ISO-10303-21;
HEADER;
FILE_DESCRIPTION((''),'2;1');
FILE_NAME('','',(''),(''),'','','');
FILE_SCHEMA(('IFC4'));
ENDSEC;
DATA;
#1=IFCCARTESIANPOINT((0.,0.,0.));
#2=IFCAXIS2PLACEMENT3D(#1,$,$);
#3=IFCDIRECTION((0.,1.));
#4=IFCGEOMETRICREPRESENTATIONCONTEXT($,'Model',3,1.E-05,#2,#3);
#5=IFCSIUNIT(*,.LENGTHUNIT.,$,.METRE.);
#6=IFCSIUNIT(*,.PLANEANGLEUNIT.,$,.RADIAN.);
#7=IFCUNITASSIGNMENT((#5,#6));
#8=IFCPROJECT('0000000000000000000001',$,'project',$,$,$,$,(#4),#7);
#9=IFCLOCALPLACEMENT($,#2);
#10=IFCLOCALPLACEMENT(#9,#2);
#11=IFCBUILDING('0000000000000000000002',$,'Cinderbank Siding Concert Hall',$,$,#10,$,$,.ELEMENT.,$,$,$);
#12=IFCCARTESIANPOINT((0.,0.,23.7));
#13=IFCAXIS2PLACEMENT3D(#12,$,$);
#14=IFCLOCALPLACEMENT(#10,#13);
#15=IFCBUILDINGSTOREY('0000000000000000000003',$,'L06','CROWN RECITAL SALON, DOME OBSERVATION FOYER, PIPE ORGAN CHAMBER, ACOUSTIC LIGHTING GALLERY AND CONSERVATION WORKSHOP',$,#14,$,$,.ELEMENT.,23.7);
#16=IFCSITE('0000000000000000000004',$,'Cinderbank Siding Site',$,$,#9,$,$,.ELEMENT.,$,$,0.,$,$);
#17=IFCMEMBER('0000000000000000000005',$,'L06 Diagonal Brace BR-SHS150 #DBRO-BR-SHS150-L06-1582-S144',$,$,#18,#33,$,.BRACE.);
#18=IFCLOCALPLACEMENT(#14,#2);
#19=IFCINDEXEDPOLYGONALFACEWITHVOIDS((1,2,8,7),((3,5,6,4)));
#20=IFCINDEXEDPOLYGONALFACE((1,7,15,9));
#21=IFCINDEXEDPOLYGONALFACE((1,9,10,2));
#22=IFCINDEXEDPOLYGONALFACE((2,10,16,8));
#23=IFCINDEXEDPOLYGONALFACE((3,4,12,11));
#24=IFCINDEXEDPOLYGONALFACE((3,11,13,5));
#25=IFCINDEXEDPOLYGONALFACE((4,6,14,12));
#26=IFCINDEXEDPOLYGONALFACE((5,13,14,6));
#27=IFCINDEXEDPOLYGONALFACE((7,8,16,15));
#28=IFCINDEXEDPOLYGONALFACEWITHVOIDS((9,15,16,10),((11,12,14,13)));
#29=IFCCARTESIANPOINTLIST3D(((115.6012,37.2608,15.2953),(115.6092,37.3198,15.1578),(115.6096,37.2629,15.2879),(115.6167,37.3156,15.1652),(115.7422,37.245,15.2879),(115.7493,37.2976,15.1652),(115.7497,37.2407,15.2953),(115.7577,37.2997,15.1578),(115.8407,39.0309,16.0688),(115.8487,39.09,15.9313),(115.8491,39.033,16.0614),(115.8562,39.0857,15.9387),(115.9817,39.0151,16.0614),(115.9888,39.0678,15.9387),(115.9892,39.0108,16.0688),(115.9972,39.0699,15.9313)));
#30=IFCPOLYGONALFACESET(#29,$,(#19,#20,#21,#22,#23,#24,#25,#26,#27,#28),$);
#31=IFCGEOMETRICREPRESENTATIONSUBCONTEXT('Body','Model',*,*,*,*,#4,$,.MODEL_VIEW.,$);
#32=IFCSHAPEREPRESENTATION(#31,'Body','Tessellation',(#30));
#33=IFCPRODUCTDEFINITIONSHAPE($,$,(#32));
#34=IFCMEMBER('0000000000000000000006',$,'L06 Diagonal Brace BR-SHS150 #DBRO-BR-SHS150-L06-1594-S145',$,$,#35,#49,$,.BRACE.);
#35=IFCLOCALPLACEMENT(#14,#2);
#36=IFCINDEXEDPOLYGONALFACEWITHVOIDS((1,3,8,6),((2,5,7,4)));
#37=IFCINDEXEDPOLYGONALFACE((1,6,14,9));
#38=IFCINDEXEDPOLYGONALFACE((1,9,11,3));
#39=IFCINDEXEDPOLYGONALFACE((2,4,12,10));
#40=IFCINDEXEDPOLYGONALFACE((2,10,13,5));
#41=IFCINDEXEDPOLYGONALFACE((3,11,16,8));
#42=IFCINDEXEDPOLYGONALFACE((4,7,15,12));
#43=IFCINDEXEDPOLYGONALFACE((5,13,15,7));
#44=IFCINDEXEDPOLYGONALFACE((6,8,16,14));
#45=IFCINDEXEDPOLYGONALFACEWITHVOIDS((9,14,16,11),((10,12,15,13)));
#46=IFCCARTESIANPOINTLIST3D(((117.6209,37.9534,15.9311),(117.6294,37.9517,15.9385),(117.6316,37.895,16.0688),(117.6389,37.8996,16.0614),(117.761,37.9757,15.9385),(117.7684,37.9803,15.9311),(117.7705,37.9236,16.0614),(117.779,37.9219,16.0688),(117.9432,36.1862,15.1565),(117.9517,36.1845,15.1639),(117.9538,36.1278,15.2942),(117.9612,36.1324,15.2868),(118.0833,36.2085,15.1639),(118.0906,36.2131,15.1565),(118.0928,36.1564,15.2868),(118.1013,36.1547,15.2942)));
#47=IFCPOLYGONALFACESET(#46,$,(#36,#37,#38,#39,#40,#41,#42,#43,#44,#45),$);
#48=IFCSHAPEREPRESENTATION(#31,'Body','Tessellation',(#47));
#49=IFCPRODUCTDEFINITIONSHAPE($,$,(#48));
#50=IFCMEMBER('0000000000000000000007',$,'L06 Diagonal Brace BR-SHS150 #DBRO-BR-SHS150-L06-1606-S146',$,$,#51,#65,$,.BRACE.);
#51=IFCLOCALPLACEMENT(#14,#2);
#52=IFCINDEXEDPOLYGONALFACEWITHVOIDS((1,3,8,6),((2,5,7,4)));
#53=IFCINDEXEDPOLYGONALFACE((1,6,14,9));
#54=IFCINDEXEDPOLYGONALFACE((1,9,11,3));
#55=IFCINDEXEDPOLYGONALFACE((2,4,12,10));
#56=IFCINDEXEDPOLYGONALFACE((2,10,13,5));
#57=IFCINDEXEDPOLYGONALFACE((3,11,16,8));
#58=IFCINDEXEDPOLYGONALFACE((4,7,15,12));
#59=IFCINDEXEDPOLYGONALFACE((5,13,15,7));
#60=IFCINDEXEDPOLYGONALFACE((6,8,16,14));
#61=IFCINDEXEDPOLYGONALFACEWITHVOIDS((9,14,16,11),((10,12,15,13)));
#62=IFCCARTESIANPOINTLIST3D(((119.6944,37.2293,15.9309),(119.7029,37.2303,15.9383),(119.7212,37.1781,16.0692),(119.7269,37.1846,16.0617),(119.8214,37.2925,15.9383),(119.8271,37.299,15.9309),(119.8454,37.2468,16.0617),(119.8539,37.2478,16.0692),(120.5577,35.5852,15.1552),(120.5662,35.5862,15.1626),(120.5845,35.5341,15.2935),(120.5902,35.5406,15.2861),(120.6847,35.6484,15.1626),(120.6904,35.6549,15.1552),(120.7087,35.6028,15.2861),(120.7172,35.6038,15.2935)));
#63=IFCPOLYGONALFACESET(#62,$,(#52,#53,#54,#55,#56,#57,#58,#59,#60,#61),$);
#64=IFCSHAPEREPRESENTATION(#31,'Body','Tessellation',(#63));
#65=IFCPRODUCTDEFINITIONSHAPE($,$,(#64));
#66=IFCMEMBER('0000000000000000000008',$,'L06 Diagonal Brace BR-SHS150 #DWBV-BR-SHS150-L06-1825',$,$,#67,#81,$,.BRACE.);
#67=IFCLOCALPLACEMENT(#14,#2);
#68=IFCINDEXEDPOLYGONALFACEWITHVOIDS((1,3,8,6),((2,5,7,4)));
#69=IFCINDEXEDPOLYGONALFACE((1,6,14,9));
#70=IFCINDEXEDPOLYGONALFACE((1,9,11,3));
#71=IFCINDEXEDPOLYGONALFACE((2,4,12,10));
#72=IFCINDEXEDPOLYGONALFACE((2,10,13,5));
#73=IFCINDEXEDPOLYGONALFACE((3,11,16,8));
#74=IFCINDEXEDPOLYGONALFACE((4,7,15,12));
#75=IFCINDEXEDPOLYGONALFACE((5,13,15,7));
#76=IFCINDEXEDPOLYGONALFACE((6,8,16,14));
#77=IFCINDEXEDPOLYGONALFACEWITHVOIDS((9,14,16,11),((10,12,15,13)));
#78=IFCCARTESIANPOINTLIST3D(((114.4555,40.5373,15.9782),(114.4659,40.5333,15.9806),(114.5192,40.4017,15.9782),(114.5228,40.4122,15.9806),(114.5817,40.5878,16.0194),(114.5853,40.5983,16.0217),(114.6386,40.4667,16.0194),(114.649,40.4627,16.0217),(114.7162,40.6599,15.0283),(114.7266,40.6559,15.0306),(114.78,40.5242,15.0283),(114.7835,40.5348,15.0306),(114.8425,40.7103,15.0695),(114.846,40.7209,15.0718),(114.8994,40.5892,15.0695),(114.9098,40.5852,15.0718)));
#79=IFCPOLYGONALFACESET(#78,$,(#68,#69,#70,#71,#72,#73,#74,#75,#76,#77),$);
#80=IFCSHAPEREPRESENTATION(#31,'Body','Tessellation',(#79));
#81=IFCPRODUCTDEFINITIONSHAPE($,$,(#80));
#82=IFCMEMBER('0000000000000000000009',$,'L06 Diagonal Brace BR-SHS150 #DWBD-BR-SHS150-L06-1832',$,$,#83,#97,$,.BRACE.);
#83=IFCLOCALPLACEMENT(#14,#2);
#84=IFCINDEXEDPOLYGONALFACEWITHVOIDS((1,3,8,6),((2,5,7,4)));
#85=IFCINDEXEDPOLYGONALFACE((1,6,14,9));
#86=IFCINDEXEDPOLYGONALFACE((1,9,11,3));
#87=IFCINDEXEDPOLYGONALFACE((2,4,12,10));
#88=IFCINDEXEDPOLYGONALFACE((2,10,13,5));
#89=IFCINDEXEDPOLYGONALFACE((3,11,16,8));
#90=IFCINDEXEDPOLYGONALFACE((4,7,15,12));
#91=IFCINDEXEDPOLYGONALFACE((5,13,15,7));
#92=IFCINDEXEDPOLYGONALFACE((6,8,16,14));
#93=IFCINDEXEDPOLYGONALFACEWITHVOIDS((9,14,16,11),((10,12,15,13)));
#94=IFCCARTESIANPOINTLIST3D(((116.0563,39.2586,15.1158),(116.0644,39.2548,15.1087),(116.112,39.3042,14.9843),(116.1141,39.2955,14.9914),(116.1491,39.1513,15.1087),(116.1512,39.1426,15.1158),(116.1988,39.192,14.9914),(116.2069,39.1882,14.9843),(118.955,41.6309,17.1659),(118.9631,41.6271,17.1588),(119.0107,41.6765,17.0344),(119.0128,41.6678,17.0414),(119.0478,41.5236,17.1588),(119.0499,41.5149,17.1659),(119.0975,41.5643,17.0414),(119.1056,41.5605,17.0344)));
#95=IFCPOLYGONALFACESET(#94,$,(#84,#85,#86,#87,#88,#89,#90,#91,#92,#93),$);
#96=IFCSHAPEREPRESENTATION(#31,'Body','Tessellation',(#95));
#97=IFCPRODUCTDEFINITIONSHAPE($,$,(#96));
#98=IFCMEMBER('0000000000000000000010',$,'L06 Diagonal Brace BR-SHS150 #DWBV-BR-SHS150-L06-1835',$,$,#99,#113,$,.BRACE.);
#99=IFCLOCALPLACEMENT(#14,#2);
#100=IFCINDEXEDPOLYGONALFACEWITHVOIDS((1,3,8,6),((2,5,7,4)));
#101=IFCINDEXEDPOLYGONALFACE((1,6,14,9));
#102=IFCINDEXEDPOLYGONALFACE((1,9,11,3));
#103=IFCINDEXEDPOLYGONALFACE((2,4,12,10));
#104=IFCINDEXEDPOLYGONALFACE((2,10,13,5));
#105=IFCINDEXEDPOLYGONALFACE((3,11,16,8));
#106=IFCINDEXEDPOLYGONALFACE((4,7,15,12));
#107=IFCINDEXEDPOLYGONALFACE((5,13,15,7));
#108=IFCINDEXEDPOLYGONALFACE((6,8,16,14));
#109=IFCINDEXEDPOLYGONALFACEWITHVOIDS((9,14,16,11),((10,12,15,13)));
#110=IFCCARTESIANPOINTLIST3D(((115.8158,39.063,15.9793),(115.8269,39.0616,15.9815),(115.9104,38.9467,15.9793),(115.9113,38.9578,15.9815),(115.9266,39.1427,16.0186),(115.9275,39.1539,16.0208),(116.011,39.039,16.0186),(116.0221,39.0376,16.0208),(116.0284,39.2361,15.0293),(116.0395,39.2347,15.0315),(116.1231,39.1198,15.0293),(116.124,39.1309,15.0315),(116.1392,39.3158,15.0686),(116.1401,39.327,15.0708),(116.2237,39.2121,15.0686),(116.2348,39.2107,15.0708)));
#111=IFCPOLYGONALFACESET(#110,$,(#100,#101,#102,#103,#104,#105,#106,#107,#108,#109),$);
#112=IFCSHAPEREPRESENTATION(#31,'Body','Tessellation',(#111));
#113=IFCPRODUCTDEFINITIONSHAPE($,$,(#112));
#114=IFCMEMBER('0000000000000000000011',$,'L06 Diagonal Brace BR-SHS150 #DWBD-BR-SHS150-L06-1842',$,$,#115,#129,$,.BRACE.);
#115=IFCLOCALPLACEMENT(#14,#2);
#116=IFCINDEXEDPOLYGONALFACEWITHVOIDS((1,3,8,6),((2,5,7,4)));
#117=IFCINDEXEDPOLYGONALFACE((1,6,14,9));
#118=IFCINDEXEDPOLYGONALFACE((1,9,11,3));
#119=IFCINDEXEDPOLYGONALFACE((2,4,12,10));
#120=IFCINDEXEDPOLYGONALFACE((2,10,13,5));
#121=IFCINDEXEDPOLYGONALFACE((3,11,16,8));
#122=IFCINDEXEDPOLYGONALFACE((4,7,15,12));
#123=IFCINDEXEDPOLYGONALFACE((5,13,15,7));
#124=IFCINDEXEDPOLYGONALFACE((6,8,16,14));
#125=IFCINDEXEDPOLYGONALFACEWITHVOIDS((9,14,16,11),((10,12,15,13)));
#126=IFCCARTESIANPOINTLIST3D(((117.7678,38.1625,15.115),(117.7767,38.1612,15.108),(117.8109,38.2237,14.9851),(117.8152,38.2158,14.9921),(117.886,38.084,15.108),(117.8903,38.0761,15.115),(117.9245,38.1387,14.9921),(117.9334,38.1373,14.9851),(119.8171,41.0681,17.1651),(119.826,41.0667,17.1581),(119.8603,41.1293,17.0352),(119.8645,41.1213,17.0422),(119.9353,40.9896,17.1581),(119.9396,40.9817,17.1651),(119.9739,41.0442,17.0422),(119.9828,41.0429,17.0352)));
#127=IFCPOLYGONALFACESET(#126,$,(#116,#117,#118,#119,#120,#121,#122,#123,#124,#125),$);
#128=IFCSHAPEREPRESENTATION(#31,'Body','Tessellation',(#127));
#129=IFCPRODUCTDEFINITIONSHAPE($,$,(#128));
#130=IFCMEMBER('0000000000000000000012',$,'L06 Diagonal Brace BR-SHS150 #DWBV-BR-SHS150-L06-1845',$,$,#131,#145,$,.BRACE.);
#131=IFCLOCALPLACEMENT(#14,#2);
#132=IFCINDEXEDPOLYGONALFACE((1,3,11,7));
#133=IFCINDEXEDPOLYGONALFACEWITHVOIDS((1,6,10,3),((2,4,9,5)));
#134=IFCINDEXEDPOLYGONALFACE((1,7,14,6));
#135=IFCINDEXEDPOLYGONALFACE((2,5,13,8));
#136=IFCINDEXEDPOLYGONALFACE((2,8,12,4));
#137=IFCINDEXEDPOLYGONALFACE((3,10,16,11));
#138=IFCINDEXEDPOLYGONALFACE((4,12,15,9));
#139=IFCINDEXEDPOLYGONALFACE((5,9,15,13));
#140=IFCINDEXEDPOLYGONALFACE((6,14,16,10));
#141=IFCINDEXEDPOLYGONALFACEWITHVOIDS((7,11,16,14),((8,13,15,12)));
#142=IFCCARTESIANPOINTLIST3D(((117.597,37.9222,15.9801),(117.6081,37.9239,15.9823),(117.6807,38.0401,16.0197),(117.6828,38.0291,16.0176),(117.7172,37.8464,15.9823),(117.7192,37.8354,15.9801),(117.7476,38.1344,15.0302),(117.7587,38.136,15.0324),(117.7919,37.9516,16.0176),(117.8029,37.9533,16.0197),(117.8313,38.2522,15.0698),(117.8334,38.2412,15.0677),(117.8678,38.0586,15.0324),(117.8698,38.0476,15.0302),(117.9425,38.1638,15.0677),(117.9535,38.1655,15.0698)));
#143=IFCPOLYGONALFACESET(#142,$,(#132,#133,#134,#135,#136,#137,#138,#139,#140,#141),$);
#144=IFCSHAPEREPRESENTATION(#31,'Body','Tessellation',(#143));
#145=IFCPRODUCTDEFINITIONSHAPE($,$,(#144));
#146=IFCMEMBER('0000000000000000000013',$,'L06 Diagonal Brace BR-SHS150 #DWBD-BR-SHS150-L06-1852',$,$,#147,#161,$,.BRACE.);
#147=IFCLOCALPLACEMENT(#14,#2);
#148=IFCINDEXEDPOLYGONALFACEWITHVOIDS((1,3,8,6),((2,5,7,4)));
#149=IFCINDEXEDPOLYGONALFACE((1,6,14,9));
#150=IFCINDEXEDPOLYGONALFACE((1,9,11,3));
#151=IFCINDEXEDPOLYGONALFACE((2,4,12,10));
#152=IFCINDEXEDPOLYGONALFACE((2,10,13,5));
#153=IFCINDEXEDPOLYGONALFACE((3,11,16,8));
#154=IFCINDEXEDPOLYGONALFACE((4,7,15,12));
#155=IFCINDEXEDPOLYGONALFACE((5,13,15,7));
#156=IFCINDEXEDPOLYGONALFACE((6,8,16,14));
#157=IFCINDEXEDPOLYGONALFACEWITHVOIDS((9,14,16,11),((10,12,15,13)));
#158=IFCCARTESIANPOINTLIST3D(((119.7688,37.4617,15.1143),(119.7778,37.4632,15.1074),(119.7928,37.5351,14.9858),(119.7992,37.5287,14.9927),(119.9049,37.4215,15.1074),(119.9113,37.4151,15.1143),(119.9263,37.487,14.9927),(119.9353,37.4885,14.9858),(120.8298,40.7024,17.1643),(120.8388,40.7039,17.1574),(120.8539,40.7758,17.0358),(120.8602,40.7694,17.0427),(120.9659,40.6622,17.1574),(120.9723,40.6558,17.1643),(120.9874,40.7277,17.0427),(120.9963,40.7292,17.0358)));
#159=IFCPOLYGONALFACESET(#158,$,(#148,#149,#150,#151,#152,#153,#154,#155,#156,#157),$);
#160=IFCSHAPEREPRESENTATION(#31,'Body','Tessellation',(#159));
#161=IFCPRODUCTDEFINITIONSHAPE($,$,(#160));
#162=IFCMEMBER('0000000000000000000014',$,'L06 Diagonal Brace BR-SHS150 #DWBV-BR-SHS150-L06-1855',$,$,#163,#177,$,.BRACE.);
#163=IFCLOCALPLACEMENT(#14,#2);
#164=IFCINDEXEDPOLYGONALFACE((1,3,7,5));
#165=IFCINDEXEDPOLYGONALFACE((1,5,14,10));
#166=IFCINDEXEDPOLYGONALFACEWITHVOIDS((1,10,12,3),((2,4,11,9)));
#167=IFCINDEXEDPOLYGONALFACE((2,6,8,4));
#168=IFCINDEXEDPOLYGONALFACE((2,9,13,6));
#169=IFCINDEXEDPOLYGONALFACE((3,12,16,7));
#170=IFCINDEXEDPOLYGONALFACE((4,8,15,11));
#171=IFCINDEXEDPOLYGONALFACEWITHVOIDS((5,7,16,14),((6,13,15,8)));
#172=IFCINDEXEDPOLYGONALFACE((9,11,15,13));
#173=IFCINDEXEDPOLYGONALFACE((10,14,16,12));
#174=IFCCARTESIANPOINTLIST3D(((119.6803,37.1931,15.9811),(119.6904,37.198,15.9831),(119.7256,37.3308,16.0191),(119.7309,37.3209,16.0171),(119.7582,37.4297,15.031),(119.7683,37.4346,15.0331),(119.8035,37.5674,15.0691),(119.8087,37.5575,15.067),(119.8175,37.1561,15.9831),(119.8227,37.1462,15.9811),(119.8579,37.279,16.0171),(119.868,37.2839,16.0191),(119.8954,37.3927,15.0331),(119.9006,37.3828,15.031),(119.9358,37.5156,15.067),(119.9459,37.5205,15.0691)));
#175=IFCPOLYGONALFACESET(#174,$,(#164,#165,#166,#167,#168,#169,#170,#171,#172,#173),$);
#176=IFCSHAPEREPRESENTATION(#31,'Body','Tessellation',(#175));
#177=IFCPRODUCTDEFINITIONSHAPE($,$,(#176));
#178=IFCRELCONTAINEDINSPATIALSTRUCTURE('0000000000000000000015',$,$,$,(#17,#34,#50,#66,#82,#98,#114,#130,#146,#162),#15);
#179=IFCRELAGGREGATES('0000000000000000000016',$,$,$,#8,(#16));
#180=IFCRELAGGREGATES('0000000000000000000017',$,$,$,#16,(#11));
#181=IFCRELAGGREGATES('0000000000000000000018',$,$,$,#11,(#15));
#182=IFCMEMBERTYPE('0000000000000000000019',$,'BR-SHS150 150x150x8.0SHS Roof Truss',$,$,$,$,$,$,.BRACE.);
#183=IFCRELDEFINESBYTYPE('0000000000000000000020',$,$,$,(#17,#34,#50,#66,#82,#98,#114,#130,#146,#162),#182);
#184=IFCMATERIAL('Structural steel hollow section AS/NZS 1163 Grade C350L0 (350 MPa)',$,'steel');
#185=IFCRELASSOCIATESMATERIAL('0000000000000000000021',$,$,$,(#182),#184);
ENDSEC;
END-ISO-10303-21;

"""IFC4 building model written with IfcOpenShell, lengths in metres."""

from ifc_helpers import new_model, si_unit, direction, frame, origin, origin_2d, place, context, subcontext, project, spatial, hollow_rectangle, extrude, material, material_profile, profile_set, type_object, element, save


model = new_model("IFC4")

# Units and contexts
model_context = context("Model", 3, precision=1e-05, world=origin(), true_north=direction((0.0, 1.0)))
body_context = subcontext(model_context, "Body", "Model", "MODEL_VIEW")
ifc_project = project(units=[si_unit("LENGTHUNIT", "METRE"), si_unit("PLANEANGLEUNIT", "RADIAN")], contexts=[model_context])

# Site, building, storey
site_placement = place(None, origin())
site = spatial("IfcSite", under=ifc_project, at=site_placement, Name="Cinderbank Siding Site", CompositionType="ELEMENT", RefElevation=0.0)
building_placement = place(site_placement, origin())
building = spatial("IfcBuilding", under=site, at=building_placement, Name="Cinderbank Siding Concert Hall", CompositionType="ELEMENT")
storey_placement = place(building_placement, frame((0.0, 0.0, 23.7)))
storey = spatial("IfcBuildingStorey", under=building, at=storey_placement, Name="L06", Description="CROWN RECITAL SALON, DOME OBSERVATION FOYER, PIPE ORGAN CHAMBER, ACOUSTIC LIGHTING GALLERY AND CONSERVATION WORKSHOP", CompositionType="ELEMENT", Elevation=23.7)

# Members
ifc_material_1 = material(Name="Structural steel hollow section AS/NZS 1163 Grade C350L0 (350 MPa)", Category="steel")
ifc_material_profile_1 = material_profile(ifc_material_1, hollow_rectangle(XDim=0.1499, YDim=0.1499, WallThickness=0.0081, at=origin_2d()), Name="150x150x8.0SHS", Category="LoadBearing")
ifc_profile_set_1 = profile_set([ifc_material_profile_1], Name="Structural steel hollow section AS/NZS 1163 Grade C350L0 (350 MPa)")
member_type_1 = type_object("IfcMemberType", Name="BR-SHS150 150x150x8.0SHS Roof Truss", PredefinedType="BRACE", material=ifc_profile_set_1)
member_1_placement = place(storey_placement, frame((115.6794, 37.2803, 15.2266), z_axis=(0.123048, 0.909374, 0.397365), x_axis=(-0.990969, 0.134088, 0.0)))
element("IfcMember", 1, at=member_1_placement, inside=storey, type_object=member_type_1, Name="L06 Diagonal Brace BR-SHS150 #DBRO-BR-SHS150-L06-1582-S144", PredefinedType="BRACE", context=body_context, shape_type="SweptSolid", body=[
    extrude(hollow_rectangle(XDim=0.1499, YDim=0.1499, WallThickness=0.0081, at=origin_2d()), origin(), (0.0, 0.0, 1.0), 1.9465),
])
member_2_placement = place(storey_placement, frame((118.0222, 36.1704, 15.2253), z_axis=(-0.164726, 0.90337, 0.395965), x_axis=(-0.983778, -0.179388, 0.0)))
element("IfcMember", 2, at=member_2_placement, inside=storey, type_object=member_type_1, Name="L06 Diagonal Brace BR-SHS150 #DBRO-BR-SHS150-L06-1594-S145", PredefinedType="BRACE", context=body_context, shape_type="SweptSolid", body=[
    extrude(hollow_rectangle(XDim=0.1499, YDim=0.1499, WallThickness=0.0081, at=origin_2d()), origin(), (0.0, 0.0, 1.0), 1.9563),
])
member_3_placement = place(storey_placement, frame((120.6375, 35.5945, 15.2244), z_axis=(-0.428982, 0.816958, 0.385428), x_axis=(-0.885363, -0.464901, 0.0)))
element("IfcMember", 3, at=member_3_placement, inside=storey, type_object=member_type_1, Name="L06 Diagonal Brace BR-SHS150 #DBRO-BR-SHS150-L06-1606-S146", PredefinedType="BRACE", context=body_context, shape_type="SweptSolid", body=[
    extrude(hollow_rectangle(XDim=0.1499, YDim=0.1499, WallThickness=0.0081, at=origin_2d()), origin(), (0.0, 0.0, 1.0), 2.0125),
])
member_4_placement = place(storey_placement, frame((114.813, 40.6226, 15.05), z_axis=(-0.262665, -0.123462, 0.956956), x_axis=(0.425389, -0.905011, 0.0)))
element("IfcMember", 4, at=member_4_placement, inside=storey, type_object=member_type_1, Name="L06 Diagonal Brace BR-SHS150 #DWBV-BR-SHS150-L06-1825", PredefinedType="BRACE", context=body_context, shape_type="SweptSolid", body=[
    extrude(hollow_rectangle(XDim=0.1499, YDim=0.1499, WallThickness=0.0081, at=origin_2d()), origin(), (0.0, 0.0, 1.0), 0.9927),
])
member_5_placement = place(storey_placement, frame((116.1316, 39.2234, 15.05), z_axis=(0.678848, 0.555577, 0.480105), x_axis=(-0.633344, 0.77387, 0.0)))
element("IfcMember", 5, at=member_5_placement, inside=storey, type_object=member_type_1, Name="L06 Diagonal Brace BR-SHS150 #DWBD-BR-SHS150-L06-1832", PredefinedType="BRACE", context=body_context, shape_type="SweptSolid", body=[
    extrude(hollow_rectangle(XDim=0.1499, YDim=0.1499, WallThickness=0.0081, at=origin_2d()), origin(), (0.0, 0.0, 1.0), 4.27),
])
member_6_placement = place(storey_placement, frame((116.1316, 39.2234, 15.05), z_axis=(-0.21507, -0.175069, 0.960779), x_axis=(0.631296, -0.775542, 0.0)))
element("IfcMember", 6, at=member_6_placement, inside=storey, type_object=member_type_1, Name="L06 Diagonal Brace BR-SHS150 #DWBV-BR-SHS150-L06-1835", PredefinedType="BRACE", context=body_context, shape_type="SweptSolid", body=[
    extrude(hollow_rectangle(XDim=0.1499, YDim=0.1499, WallThickness=0.0081, at=origin_2d()), origin(), (0.0, 0.0, 1.0), 0.9888),
])
member_7_placement = place(storey_placement, frame((117.8506, 38.1499, 15.05), z_axis=(0.499322, 0.707938, 0.499501), x_axis=(-0.817185, 0.576376, 0.0)))
element("IfcMember", 7, at=member_7_placement, inside=storey, type_object=member_type_1, Name="L06 Diagonal Brace BR-SHS150 #DWBD-BR-SHS150-L06-1842", PredefinedType="BRACE", context=body_context, shape_type="SweptSolid", body=[
    extrude(hollow_rectangle(XDim=0.1499, YDim=0.1499, WallThickness=0.0081, at=origin_2d()), origin(), (0.0, 0.0, 1.0), 4.1042),
])
member_8_placement = place(storey_placement, frame((117.8506, 38.1499, 15.05), z_axis=(-0.152938, -0.215402, 0.964475), x_axis=(0.815379, -0.578928, 0.0)))
element("IfcMember", 8, at=member_8_placement, inside=storey, type_object=member_type_1, Name="L06 Diagonal Brace BR-SHS150 #DWBV-BR-SHS150-L06-1845", PredefinedType="BRACE", context=body_context, shape_type="SweptSolid", body=[
    extrude(hollow_rectangle(XDim=0.1499, YDim=0.1499, WallThickness=0.0081, at=origin_2d()), origin(), (0.0, 0.0, 1.0), 0.9849),
])
member_9_placement = place(storey_placement, frame((119.8521, 37.4751, 15.05), z_axis=(0.266673, 0.814499, 0.515244), x_axis=(-0.950359, 0.311154, 0.0)))
element("IfcMember", 9, at=member_9_placement, inside=storey, type_object=member_type_1, Name="L06 Diagonal Brace BR-SHS150 #DWBD-BR-SHS150-L06-1852", PredefinedType="BRACE", context=body_context, shape_type="SweptSolid", body=[
    extrude(hollow_rectangle(XDim=0.1499, YDim=0.1499, WallThickness=0.0081, at=origin_2d()), origin(), (0.0, 0.0, 1.0), 3.9788),
])
member_10_placement = place(storey_placement, frame((119.8521, 37.4751, 15.05), z_axis=(-0.079304, -0.240894, 0.967306), x_axis=(0.949853, -0.312697, 0.0)))
element("IfcMember", 10, at=member_10_placement, inside=storey, type_object=member_type_1, Name="L06 Diagonal Brace BR-SHS150 #DWBV-BR-SHS150-L06-1855", PredefinedType="BRACE", context=body_context, shape_type="SweptSolid", body=[
    extrude(hollow_rectangle(XDim=0.1499, YDim=0.1499, WallThickness=0.0081, at=origin_2d()), origin(), (0.0, 0.0, 1.0), 0.9822),
])

save(model, "model.ifc")
